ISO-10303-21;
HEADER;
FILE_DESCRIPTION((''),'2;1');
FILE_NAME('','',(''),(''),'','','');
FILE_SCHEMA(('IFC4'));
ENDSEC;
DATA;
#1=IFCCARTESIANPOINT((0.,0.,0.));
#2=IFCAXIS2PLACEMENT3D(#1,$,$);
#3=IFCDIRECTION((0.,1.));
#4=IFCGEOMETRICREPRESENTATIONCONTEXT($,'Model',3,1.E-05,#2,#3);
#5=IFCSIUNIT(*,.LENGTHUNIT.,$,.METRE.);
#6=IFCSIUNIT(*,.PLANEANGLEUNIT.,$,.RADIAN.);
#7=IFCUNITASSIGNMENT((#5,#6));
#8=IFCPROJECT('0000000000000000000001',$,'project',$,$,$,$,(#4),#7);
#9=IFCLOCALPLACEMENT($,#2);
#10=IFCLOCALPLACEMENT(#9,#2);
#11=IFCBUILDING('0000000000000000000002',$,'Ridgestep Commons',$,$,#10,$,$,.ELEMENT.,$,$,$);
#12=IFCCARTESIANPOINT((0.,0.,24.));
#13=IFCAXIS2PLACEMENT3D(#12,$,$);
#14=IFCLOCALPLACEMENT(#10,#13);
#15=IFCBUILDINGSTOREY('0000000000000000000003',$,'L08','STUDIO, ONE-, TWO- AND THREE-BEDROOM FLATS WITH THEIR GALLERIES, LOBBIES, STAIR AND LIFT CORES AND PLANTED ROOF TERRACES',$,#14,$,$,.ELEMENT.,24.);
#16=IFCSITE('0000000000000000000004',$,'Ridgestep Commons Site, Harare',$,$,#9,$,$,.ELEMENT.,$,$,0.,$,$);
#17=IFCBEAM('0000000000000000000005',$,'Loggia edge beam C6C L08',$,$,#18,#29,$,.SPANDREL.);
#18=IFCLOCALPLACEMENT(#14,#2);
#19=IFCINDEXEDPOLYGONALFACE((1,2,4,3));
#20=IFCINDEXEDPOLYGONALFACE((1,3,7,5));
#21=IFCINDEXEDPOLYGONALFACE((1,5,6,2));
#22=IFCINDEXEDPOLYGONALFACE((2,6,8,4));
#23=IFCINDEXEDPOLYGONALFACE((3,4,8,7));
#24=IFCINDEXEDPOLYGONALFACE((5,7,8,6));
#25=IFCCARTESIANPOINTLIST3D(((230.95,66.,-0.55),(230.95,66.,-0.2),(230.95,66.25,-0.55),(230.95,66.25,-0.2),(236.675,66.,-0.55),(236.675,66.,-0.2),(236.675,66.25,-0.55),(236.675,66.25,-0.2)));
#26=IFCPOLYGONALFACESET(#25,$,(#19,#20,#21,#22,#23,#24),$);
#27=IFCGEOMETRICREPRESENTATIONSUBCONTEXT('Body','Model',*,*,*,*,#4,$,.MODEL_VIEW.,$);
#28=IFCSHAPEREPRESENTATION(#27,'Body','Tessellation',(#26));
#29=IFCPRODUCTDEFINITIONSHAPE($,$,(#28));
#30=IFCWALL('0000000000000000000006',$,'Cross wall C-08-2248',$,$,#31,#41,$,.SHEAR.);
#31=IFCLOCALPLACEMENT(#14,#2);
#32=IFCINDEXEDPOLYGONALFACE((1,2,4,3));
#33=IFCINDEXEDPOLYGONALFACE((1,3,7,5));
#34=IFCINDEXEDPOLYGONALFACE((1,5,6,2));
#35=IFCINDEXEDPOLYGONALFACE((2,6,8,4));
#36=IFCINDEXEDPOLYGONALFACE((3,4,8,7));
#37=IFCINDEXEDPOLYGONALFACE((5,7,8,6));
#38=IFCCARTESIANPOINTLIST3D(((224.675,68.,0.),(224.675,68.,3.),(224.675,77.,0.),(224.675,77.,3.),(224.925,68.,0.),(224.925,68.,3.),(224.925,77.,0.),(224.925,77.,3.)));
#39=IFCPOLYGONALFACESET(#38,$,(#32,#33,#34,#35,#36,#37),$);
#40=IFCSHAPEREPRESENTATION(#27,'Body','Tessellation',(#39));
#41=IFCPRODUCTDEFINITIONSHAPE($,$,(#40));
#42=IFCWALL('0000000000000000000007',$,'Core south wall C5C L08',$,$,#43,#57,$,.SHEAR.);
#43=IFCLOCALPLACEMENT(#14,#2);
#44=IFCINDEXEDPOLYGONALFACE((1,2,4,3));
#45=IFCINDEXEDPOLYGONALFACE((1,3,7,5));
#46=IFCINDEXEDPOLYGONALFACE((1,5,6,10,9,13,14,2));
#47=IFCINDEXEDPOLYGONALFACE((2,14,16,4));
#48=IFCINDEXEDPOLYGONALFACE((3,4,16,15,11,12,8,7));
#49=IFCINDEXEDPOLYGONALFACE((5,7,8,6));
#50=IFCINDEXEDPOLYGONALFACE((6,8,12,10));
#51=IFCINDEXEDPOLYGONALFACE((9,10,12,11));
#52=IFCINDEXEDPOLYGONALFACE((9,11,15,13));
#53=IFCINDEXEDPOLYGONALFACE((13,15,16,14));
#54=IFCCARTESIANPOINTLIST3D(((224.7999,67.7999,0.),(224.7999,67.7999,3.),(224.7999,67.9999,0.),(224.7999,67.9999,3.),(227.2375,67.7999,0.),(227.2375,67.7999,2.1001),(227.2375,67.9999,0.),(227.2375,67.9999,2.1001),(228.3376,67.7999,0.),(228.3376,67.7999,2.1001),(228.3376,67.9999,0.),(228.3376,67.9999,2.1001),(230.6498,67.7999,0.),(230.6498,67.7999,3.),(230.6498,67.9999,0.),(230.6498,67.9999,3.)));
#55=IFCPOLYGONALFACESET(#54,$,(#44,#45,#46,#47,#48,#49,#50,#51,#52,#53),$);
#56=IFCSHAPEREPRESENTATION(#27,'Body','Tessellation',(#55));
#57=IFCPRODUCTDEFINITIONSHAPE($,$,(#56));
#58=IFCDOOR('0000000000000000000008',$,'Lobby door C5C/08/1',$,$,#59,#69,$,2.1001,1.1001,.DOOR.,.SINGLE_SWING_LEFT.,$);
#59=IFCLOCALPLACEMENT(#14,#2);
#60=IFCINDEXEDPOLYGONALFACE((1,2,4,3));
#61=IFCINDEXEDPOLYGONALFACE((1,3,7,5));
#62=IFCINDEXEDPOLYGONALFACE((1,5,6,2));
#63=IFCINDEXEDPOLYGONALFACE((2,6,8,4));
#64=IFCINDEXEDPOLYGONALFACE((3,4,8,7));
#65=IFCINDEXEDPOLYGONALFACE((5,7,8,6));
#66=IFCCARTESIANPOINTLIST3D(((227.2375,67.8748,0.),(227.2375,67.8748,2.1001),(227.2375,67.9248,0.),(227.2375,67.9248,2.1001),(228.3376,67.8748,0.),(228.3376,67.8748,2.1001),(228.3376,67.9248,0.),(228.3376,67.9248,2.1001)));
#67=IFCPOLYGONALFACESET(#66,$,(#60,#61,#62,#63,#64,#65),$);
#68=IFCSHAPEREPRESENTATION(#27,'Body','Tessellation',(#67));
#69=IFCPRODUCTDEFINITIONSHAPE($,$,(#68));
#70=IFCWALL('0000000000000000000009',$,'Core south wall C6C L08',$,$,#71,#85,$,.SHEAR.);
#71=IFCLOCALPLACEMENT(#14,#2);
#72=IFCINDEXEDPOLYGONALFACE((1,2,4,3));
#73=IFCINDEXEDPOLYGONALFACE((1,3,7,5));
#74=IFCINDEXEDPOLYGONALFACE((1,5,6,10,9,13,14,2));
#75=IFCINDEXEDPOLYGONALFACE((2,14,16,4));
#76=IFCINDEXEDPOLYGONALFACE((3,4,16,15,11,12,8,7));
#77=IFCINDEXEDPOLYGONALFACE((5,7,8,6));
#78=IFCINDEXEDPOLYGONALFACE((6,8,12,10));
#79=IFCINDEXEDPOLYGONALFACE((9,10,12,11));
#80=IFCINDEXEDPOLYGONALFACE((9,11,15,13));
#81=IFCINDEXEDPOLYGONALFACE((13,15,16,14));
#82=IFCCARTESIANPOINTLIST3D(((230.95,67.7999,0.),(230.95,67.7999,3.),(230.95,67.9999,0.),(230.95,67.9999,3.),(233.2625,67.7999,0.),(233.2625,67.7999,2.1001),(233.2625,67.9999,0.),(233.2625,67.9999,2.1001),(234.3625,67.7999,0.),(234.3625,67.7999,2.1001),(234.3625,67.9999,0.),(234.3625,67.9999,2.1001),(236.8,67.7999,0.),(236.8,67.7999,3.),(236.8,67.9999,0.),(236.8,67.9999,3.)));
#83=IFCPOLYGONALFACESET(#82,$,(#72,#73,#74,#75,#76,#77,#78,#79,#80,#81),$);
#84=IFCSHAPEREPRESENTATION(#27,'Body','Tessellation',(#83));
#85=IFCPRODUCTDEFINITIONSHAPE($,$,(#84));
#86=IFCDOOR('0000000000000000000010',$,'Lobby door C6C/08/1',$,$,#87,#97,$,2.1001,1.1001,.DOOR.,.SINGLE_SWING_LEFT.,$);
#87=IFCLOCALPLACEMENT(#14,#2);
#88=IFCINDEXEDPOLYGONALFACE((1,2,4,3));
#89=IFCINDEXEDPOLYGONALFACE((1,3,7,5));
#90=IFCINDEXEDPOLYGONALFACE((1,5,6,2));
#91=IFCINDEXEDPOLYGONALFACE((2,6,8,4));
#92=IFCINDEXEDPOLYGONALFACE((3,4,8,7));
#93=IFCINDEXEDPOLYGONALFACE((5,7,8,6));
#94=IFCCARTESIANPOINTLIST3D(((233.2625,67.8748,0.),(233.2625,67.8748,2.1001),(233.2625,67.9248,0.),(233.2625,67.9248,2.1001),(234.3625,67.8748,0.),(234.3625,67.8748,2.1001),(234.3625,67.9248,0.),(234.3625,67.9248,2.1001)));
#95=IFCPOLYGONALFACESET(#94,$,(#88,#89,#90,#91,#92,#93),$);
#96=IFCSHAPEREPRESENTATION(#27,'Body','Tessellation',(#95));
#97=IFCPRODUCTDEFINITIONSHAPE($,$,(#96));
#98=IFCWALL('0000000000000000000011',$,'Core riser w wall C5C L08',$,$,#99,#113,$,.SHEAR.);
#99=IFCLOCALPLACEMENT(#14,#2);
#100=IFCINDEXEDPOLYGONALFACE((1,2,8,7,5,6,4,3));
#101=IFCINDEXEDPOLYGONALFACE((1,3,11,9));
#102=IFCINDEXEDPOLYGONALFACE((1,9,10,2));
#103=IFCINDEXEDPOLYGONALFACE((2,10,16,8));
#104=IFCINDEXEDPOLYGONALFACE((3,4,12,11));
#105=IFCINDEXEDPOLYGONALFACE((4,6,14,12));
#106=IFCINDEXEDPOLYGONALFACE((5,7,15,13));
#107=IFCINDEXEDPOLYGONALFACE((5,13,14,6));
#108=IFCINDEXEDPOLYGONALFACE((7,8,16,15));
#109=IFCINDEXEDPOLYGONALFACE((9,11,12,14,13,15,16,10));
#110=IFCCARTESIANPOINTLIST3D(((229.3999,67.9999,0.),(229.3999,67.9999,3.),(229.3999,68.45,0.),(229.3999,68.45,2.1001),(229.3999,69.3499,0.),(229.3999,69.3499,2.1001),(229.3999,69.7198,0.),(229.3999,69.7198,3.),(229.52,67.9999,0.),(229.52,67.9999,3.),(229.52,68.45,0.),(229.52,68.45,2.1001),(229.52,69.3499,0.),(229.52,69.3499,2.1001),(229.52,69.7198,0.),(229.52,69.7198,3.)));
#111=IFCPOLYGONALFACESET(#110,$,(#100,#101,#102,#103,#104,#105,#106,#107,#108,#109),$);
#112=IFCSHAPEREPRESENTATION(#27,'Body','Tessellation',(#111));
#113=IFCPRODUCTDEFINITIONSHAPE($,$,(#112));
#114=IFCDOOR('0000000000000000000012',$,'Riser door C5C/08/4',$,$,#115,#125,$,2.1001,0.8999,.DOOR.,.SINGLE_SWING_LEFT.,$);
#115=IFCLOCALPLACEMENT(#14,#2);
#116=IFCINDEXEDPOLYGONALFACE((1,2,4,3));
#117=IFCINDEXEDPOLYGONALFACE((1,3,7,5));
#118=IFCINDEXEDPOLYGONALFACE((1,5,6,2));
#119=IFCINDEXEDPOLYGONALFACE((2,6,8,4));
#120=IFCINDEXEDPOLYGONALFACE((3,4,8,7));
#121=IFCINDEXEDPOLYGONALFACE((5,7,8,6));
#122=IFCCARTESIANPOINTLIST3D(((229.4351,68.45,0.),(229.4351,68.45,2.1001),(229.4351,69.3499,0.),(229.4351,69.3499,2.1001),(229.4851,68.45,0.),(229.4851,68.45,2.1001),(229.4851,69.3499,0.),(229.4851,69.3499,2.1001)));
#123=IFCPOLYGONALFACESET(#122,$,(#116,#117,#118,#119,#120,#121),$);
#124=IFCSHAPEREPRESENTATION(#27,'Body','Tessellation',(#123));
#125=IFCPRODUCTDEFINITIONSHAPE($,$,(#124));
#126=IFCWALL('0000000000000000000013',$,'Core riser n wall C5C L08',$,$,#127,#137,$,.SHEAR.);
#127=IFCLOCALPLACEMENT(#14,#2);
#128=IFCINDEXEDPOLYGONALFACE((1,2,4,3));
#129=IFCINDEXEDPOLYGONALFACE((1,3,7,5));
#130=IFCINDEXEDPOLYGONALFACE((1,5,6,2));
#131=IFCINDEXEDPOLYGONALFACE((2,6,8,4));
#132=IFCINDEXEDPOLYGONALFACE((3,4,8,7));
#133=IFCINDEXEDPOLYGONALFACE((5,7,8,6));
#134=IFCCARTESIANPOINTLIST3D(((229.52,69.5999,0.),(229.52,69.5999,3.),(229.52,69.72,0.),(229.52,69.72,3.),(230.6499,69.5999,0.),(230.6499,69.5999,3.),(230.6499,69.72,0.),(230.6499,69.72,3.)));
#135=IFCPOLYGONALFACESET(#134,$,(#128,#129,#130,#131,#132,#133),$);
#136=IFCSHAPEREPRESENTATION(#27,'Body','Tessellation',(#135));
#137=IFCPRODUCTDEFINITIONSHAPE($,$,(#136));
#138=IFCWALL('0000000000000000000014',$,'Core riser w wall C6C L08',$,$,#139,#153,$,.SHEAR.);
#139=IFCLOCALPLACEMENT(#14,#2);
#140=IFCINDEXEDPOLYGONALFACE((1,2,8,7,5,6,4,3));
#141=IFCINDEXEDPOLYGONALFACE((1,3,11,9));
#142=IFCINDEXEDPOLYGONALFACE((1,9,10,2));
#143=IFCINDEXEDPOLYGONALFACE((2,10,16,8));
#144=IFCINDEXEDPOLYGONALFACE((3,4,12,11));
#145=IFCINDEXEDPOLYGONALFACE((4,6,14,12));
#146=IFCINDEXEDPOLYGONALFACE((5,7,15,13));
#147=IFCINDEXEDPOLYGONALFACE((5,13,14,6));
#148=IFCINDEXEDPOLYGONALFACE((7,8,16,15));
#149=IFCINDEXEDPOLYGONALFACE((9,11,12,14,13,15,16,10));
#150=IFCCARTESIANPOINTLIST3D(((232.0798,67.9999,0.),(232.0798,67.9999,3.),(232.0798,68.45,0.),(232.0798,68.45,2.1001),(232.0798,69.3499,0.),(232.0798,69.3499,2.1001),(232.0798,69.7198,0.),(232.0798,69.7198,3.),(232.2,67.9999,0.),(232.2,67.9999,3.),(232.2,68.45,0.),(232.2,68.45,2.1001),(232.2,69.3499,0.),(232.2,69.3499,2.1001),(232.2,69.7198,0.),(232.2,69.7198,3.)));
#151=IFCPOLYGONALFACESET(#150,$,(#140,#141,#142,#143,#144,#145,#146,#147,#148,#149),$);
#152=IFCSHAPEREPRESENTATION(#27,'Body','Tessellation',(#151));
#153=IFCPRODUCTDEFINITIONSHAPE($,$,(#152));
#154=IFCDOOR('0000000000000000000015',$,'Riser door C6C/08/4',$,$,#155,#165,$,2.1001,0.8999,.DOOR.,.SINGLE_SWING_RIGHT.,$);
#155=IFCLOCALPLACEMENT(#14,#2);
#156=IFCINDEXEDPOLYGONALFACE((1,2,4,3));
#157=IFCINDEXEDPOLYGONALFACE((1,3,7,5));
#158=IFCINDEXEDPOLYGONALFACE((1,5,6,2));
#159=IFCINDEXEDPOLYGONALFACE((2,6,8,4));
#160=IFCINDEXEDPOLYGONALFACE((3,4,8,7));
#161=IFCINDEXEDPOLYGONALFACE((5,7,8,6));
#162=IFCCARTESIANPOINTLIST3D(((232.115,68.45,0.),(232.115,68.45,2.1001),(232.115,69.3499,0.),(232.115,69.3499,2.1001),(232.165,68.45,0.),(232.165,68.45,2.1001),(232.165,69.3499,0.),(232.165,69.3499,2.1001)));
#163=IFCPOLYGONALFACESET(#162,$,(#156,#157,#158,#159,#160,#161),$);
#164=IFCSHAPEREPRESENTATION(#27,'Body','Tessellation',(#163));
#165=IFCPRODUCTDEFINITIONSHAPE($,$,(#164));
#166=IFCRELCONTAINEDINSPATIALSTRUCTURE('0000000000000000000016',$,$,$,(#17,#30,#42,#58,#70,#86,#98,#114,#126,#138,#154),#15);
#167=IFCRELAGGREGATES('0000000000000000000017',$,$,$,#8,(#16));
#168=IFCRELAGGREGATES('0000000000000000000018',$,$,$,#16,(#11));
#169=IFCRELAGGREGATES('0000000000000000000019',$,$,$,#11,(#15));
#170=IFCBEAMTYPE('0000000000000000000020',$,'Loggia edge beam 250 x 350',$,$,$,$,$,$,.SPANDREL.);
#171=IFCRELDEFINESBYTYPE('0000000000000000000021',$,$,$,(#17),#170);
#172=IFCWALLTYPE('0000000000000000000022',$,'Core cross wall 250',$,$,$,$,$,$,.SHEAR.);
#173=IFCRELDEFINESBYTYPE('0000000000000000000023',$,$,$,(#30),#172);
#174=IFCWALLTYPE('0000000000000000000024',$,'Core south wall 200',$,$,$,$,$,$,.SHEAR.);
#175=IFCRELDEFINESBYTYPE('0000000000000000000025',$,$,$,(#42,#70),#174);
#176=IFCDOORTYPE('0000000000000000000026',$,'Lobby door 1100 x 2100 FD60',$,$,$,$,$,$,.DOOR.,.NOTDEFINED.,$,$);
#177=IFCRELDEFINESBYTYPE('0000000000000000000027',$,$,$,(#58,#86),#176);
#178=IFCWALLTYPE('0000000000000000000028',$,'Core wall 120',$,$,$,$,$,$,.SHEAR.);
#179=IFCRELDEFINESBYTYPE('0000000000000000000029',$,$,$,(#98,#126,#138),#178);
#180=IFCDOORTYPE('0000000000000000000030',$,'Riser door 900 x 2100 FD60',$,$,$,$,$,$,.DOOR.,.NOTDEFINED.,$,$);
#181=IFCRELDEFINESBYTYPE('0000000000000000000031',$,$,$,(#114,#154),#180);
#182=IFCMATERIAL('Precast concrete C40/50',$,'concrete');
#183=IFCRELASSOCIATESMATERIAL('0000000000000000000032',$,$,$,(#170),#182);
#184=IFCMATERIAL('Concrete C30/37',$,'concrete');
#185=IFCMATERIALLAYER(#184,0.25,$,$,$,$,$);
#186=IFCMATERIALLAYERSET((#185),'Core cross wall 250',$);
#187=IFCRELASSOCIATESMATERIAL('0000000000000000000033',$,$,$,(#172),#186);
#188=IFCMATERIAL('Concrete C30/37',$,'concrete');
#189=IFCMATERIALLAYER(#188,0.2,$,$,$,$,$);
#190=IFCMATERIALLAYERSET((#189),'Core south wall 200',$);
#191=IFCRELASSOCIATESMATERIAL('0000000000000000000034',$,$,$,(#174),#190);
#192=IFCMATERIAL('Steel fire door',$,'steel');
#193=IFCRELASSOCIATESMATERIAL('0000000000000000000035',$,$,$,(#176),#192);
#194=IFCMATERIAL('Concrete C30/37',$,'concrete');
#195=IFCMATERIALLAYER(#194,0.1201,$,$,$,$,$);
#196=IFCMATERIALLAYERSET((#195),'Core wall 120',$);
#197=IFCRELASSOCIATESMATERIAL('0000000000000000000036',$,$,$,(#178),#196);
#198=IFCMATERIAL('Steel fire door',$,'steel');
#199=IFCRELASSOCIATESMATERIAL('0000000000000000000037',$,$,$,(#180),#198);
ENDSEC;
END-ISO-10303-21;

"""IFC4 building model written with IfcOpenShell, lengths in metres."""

from ifc_helpers import new_model, si_unit, direction, frame, frame_2d, origin, origin_2d, place, context, subcontext, project, spatial, rectangle, extrude, material, layer, layer_set, material_profile, profile_set, type_object, element, fill, save


model = new_model("IFC4")

# Units and contexts
model_context = context("Model", 3, precision=1e-05, world=origin(), true_north=direction((0.0, 1.0)))
body_context = subcontext(model_context, "Body", "Model", "MODEL_VIEW")
ifc_project = project(units=[si_unit("LENGTHUNIT", "METRE"), si_unit("PLANEANGLEUNIT", "RADIAN")], contexts=[model_context])

# Site, building, storey
site_placement = place(None, origin())
site = spatial("IfcSite", under=ifc_project, at=site_placement, Name="Ridgestep Commons Site, Harare", CompositionType="ELEMENT", RefElevation=0.0)
building_placement = place(site_placement, origin())
building = spatial("IfcBuilding", under=site, at=building_placement, Name="Ridgestep Commons", CompositionType="ELEMENT")
storey_placement = place(building_placement, frame((0.0, 0.0, 24.0)))
storey = spatial("IfcBuildingStorey", under=building, at=storey_placement, Name="L08", Description="STUDIO, ONE-, TWO- AND THREE-BEDROOM FLATS WITH THEIR GALLERIES, LOBBIES, STAIR AND LIFT CORES AND PLANTED ROOF TERRACES", CompositionType="ELEMENT", Elevation=24.0)

# Beam
ifc_material_1 = material(Name="Precast concrete C40/50", Category="concrete")
ifc_material_profile = material_profile(ifc_material_1, rectangle(XDim=0.25, YDim=0.3501, at=origin_2d()), Name="PC 250x350")
ifc_profile_set = profile_set([ifc_material_profile], Name="Precast concrete C40/50")
beam_type = type_object("IfcBeamType", Name="Loggia edge beam 250 x 350", PredefinedType="SPANDREL", material=ifc_profile_set)
beam_placement = place(storey_placement, frame((230.95, 66.125, -0.375), z_axis=(1.0, 0.0, 0.0), x_axis=(0.0, 1.0, 0.0)))
element("IfcBeam", 1, at=beam_placement, inside=storey, type_object=beam_type, Name="Loggia edge beam C6C L08", PredefinedType="SPANDREL", context=body_context, shape_type="SweptSolid", body=[
    extrude(rectangle(XDim=0.25, YDim=0.3501, at=origin_2d()), origin(), (0.0, 0.0, 1.0), 5.7251),
])

# Wall
ifc_material_2 = material(Name="Concrete C30/37", Category="concrete")
ifc_layer_1 = layer(ifc_material_2, 0.25)
ifc_layer_set_1 = layer_set([ifc_layer_1], Name="Core cross wall 250")
wall_type_1 = type_object("IfcWallType", Name="Core cross wall 250", PredefinedType="SHEAR", material=ifc_layer_set_1)
wall_1_placement = place(storey_placement, frame((224.8, 68.0, 0.0), z_axis=(0.0, 0.0, 1.0), x_axis=(0.0, 1.0, 0.0)))
element("IfcWall", 2, at=wall_1_placement, inside=storey, type_object=wall_type_1, Name="Cross wall C-08-2248", PredefinedType="SHEAR", context=body_context, shape_type="SweptSolid", body=[
    extrude(rectangle(XDim=9.0, YDim=0.25, at=frame_2d((4.5, 0.0))), origin(), (0.0, 0.0, 1.0), 3.0),
])

# Walls, openings, doors
ifc_material_3 = material(Name="Concrete C30/37", Category="concrete")
ifc_layer_2 = layer(ifc_material_3, 0.2)
ifc_layer_set_2 = layer_set([ifc_layer_2], Name="Core south wall 200")
wall_type_2 = type_object("IfcWallType", Name="Core south wall 200", PredefinedType="SHEAR", material=ifc_layer_set_2)
wall_2_placement = place(storey_placement, frame((224.8, 67.8999, 0.0), z_axis=(0.0, 0.0, 1.0), x_axis=(1.0, 0.0, 0.0)))
wall_2 = element("IfcWall", 3, at=wall_2_placement, inside=storey, type_object=wall_type_2, Name="Core south wall C5C L08", PredefinedType="SHEAR", context=body_context, shape_type="SweptSolid", body=[
    extrude(rectangle(XDim=5.8499, YDim=0.2, at=frame_2d((2.9248, 0.0))), origin(), (0.0, 0.0, 1.0), 3.0),
])
opening_1_placement = place(wall_2_placement, frame((2.4375, 0.0, 0.0)))
opening_1 = element("IfcOpeningElement", 4, at=opening_1_placement, cuts=wall_2, PredefinedType="OPENING", context=body_context, shape_type="SweptSolid", body=[
    extrude(rectangle(XDim=1.1001, YDim=2.1001, at=frame_2d((0.55, 1.05))), frame((0.0, 0.1099, 0.0), z_axis=(0.0, -1.0, 0.0), x_axis=(1.0, 0.0, 0.0)), (0.0, 0.0, 1.0), 0.22),
])
ifc_material_4 = material(Name="Steel fire door", Category="steel")
door_type_1 = type_object("IfcDoorType", Name="Lobby door 1100 x 2100 FD60", OperationType="NOTDEFINED", PredefinedType="DOOR", material=ifc_material_4)
door_1_placement = place(opening_1_placement, origin())
door_1 = element("IfcDoor", 5, at=door_1_placement, inside=storey, type_object=door_type_1, Name="Lobby door C5C/08/1", OperationType="SINGLE_SWING_LEFT", OverallHeight=2.1001, OverallWidth=1.1001, PredefinedType="DOOR", context=body_context, shape_type="SweptSolid", body=[
    extrude(rectangle(XDim=1.1001, YDim=2.1001, at=frame_2d((0.55, 1.05))), frame((0.0, 0.0249, 0.0), z_axis=(0.0, -1.0, 0.0), x_axis=(1.0, 0.0, 0.0)), (0.0, 0.0, 1.0), 0.05),
])
fill(opening_1, door_1)
wall_3_placement = place(storey_placement, frame((230.95, 67.8999, 0.0), z_axis=(0.0, 0.0, 1.0), x_axis=(1.0, 0.0, 0.0)))
wall_3 = element("IfcWall", 6, at=wall_3_placement, inside=storey, type_object=wall_type_2, Name="Core south wall C6C L08", PredefinedType="SHEAR", context=body_context, shape_type="SweptSolid", body=[
    extrude(rectangle(XDim=5.8501, YDim=0.2, at=frame_2d((2.925, 0.0))), origin(), (0.0, 0.0, 1.0), 3.0),
])
opening_2_placement = place(wall_3_placement, frame((2.3125, 0.0, 0.0)))
opening_2 = element("IfcOpeningElement", 7, at=opening_2_placement, cuts=wall_3, PredefinedType="OPENING", context=body_context, shape_type="SweptSolid", body=[
    extrude(rectangle(XDim=1.1001, YDim=2.1001, at=frame_2d((0.55, 1.05))), frame((0.0, 0.1099, 0.0), z_axis=(0.0, -1.0, 0.0), x_axis=(1.0, 0.0, 0.0)), (0.0, 0.0, 1.0), 0.22),
])
door_2_placement = place(opening_2_placement, origin())
door_2 = element("IfcDoor", 8, at=door_2_placement, inside=storey, type_object=door_type_1, Name="Lobby door C6C/08/1", OperationType="SINGLE_SWING_LEFT", OverallHeight=2.1001, OverallWidth=1.1001, PredefinedType="DOOR", context=body_context, shape_type="SweptSolid", body=[
    extrude(rectangle(XDim=1.1001, YDim=2.1001, at=frame_2d((0.55, 1.05))), frame((0.0, 0.0249, 0.0), z_axis=(0.0, -1.0, 0.0), x_axis=(1.0, 0.0, 0.0)), (0.0, 0.0, 1.0), 0.05),
])
fill(opening_2, door_2)
ifc_material_5 = material(Name="Concrete C30/37", Category="concrete")
ifc_layer_3 = layer(ifc_material_5, 0.1201)
ifc_layer_set_3 = layer_set([ifc_layer_3], Name="Core wall 120")
wall_type_3 = type_object("IfcWallType", Name="Core wall 120", PredefinedType="SHEAR", material=ifc_layer_set_3)
wall_4_placement = place(storey_placement, frame((229.46, 68.0, 0.0), z_axis=(0.0, 0.0, 1.0), x_axis=(0.0, 1.0, 0.0)))
wall_4 = element("IfcWall", 9, at=wall_4_placement, inside=storey, type_object=wall_type_3, Name="Core riser w wall C5C L08", PredefinedType="SHEAR", context=body_context, shape_type="SweptSolid", body=[
    extrude(rectangle(XDim=1.72, YDim=0.1201, at=frame_2d((0.8599, 0.0))), origin(), (0.0, 0.0, 1.0), 3.0),
])
opening_3_placement = place(wall_4_placement, frame((0.45, 0.0, 0.0)))
opening_3 = element("IfcOpeningElement", 10, at=opening_3_placement, cuts=wall_4, PredefinedType="OPENING", context=body_context, shape_type="SweptSolid", body=[
    extrude(rectangle(XDim=0.8999, YDim=2.1001, at=frame_2d((0.45, 1.05))), frame((0.0, 0.0701, 0.0), z_axis=(0.0, -1.0, 0.0), x_axis=(1.0, 0.0, 0.0)), (0.0, 0.0, 1.0), 0.1401),
])
ifc_material_6 = material(Name="Steel fire door", Category="steel")
door_type_2 = type_object("IfcDoorType", Name="Riser door 900 x 2100 FD60", OperationType="NOTDEFINED", PredefinedType="DOOR", material=ifc_material_6)
door_3_placement = place(opening_3_placement, origin())
door_3 = element("IfcDoor", 11, at=door_3_placement, inside=storey, type_object=door_type_2, Name="Riser door C5C/08/4", OperationType="SINGLE_SWING_LEFT", OverallHeight=2.1001, OverallWidth=0.8999, PredefinedType="DOOR", context=body_context, shape_type="SweptSolid", body=[
    extrude(rectangle(XDim=0.8999, YDim=2.1001, at=frame_2d((0.45, 1.05))), frame((0.0, 0.0249, 0.0), z_axis=(0.0, -1.0, 0.0), x_axis=(1.0, 0.0, 0.0)), (0.0, 0.0, 1.0), 0.05),
])
fill(opening_3, door_3)

# Wall
wall_5_placement = place(storey_placement, frame((229.52, 69.6599, 0.0), z_axis=(0.0, 0.0, 1.0), x_axis=(1.0, 0.0, 0.0)))
element("IfcWall", 12, at=wall_5_placement, inside=storey, type_object=wall_type_3, Name="Core riser n wall C5C L08", PredefinedType="SHEAR", context=body_context, shape_type="SweptSolid", body=[
    extrude(rectangle(XDim=1.1299, YDim=0.1201, at=frame_2d((0.5649, 0.0))), origin(), (0.0, 0.0, 1.0), 3.0),
])

# Wall, opening, door
wall_6_placement = place(storey_placement, frame((232.1399, 68.0, 0.0), z_axis=(0.0, 0.0, 1.0), x_axis=(0.0, 1.0, 0.0)))
wall_6 = element("IfcWall", 13, at=wall_6_placement, inside=storey, type_object=wall_type_3, Name="Core riser w wall C6C L08", PredefinedType="SHEAR", context=body_context, shape_type="SweptSolid", body=[
    extrude(rectangle(XDim=1.72, YDim=0.1201, at=frame_2d((0.8599, 0.0))), origin(), (0.0, 0.0, 1.0), 3.0),
])
opening_4_placement = place(wall_6_placement, frame((0.45, 0.0, 0.0)))
opening_4 = element("IfcOpeningElement", 14, at=opening_4_placement, cuts=wall_6, PredefinedType="OPENING", context=body_context, shape_type="SweptSolid", body=[
    extrude(rectangle(XDim=0.8999, YDim=2.1001, at=frame_2d((0.45, 1.05))), frame((0.0, 0.0701, 0.0), z_axis=(0.0, -1.0, 0.0), x_axis=(1.0, 0.0, 0.0)), (0.0, 0.0, 1.0), 0.1401),
])
door_4_placement = place(opening_4_placement, origin())
door_4 = element("IfcDoor", 15, at=door_4_placement, inside=storey, type_object=door_type_2, Name="Riser door C6C/08/4", OperationType="SINGLE_SWING_RIGHT", OverallHeight=2.1001, OverallWidth=0.8999, PredefinedType="DOOR", context=body_context, shape_type="SweptSolid", body=[
    extrude(rectangle(XDim=0.8999, YDim=2.1001, at=frame_2d((0.45, 1.05))), frame((0.0, 0.0249, 0.0), z_axis=(0.0, -1.0, 0.0), x_axis=(1.0, 0.0, 0.0)), (0.0, 0.0, 1.0), 0.05),
])
fill(opening_4, door_4)

save(model, "model.ifc")
